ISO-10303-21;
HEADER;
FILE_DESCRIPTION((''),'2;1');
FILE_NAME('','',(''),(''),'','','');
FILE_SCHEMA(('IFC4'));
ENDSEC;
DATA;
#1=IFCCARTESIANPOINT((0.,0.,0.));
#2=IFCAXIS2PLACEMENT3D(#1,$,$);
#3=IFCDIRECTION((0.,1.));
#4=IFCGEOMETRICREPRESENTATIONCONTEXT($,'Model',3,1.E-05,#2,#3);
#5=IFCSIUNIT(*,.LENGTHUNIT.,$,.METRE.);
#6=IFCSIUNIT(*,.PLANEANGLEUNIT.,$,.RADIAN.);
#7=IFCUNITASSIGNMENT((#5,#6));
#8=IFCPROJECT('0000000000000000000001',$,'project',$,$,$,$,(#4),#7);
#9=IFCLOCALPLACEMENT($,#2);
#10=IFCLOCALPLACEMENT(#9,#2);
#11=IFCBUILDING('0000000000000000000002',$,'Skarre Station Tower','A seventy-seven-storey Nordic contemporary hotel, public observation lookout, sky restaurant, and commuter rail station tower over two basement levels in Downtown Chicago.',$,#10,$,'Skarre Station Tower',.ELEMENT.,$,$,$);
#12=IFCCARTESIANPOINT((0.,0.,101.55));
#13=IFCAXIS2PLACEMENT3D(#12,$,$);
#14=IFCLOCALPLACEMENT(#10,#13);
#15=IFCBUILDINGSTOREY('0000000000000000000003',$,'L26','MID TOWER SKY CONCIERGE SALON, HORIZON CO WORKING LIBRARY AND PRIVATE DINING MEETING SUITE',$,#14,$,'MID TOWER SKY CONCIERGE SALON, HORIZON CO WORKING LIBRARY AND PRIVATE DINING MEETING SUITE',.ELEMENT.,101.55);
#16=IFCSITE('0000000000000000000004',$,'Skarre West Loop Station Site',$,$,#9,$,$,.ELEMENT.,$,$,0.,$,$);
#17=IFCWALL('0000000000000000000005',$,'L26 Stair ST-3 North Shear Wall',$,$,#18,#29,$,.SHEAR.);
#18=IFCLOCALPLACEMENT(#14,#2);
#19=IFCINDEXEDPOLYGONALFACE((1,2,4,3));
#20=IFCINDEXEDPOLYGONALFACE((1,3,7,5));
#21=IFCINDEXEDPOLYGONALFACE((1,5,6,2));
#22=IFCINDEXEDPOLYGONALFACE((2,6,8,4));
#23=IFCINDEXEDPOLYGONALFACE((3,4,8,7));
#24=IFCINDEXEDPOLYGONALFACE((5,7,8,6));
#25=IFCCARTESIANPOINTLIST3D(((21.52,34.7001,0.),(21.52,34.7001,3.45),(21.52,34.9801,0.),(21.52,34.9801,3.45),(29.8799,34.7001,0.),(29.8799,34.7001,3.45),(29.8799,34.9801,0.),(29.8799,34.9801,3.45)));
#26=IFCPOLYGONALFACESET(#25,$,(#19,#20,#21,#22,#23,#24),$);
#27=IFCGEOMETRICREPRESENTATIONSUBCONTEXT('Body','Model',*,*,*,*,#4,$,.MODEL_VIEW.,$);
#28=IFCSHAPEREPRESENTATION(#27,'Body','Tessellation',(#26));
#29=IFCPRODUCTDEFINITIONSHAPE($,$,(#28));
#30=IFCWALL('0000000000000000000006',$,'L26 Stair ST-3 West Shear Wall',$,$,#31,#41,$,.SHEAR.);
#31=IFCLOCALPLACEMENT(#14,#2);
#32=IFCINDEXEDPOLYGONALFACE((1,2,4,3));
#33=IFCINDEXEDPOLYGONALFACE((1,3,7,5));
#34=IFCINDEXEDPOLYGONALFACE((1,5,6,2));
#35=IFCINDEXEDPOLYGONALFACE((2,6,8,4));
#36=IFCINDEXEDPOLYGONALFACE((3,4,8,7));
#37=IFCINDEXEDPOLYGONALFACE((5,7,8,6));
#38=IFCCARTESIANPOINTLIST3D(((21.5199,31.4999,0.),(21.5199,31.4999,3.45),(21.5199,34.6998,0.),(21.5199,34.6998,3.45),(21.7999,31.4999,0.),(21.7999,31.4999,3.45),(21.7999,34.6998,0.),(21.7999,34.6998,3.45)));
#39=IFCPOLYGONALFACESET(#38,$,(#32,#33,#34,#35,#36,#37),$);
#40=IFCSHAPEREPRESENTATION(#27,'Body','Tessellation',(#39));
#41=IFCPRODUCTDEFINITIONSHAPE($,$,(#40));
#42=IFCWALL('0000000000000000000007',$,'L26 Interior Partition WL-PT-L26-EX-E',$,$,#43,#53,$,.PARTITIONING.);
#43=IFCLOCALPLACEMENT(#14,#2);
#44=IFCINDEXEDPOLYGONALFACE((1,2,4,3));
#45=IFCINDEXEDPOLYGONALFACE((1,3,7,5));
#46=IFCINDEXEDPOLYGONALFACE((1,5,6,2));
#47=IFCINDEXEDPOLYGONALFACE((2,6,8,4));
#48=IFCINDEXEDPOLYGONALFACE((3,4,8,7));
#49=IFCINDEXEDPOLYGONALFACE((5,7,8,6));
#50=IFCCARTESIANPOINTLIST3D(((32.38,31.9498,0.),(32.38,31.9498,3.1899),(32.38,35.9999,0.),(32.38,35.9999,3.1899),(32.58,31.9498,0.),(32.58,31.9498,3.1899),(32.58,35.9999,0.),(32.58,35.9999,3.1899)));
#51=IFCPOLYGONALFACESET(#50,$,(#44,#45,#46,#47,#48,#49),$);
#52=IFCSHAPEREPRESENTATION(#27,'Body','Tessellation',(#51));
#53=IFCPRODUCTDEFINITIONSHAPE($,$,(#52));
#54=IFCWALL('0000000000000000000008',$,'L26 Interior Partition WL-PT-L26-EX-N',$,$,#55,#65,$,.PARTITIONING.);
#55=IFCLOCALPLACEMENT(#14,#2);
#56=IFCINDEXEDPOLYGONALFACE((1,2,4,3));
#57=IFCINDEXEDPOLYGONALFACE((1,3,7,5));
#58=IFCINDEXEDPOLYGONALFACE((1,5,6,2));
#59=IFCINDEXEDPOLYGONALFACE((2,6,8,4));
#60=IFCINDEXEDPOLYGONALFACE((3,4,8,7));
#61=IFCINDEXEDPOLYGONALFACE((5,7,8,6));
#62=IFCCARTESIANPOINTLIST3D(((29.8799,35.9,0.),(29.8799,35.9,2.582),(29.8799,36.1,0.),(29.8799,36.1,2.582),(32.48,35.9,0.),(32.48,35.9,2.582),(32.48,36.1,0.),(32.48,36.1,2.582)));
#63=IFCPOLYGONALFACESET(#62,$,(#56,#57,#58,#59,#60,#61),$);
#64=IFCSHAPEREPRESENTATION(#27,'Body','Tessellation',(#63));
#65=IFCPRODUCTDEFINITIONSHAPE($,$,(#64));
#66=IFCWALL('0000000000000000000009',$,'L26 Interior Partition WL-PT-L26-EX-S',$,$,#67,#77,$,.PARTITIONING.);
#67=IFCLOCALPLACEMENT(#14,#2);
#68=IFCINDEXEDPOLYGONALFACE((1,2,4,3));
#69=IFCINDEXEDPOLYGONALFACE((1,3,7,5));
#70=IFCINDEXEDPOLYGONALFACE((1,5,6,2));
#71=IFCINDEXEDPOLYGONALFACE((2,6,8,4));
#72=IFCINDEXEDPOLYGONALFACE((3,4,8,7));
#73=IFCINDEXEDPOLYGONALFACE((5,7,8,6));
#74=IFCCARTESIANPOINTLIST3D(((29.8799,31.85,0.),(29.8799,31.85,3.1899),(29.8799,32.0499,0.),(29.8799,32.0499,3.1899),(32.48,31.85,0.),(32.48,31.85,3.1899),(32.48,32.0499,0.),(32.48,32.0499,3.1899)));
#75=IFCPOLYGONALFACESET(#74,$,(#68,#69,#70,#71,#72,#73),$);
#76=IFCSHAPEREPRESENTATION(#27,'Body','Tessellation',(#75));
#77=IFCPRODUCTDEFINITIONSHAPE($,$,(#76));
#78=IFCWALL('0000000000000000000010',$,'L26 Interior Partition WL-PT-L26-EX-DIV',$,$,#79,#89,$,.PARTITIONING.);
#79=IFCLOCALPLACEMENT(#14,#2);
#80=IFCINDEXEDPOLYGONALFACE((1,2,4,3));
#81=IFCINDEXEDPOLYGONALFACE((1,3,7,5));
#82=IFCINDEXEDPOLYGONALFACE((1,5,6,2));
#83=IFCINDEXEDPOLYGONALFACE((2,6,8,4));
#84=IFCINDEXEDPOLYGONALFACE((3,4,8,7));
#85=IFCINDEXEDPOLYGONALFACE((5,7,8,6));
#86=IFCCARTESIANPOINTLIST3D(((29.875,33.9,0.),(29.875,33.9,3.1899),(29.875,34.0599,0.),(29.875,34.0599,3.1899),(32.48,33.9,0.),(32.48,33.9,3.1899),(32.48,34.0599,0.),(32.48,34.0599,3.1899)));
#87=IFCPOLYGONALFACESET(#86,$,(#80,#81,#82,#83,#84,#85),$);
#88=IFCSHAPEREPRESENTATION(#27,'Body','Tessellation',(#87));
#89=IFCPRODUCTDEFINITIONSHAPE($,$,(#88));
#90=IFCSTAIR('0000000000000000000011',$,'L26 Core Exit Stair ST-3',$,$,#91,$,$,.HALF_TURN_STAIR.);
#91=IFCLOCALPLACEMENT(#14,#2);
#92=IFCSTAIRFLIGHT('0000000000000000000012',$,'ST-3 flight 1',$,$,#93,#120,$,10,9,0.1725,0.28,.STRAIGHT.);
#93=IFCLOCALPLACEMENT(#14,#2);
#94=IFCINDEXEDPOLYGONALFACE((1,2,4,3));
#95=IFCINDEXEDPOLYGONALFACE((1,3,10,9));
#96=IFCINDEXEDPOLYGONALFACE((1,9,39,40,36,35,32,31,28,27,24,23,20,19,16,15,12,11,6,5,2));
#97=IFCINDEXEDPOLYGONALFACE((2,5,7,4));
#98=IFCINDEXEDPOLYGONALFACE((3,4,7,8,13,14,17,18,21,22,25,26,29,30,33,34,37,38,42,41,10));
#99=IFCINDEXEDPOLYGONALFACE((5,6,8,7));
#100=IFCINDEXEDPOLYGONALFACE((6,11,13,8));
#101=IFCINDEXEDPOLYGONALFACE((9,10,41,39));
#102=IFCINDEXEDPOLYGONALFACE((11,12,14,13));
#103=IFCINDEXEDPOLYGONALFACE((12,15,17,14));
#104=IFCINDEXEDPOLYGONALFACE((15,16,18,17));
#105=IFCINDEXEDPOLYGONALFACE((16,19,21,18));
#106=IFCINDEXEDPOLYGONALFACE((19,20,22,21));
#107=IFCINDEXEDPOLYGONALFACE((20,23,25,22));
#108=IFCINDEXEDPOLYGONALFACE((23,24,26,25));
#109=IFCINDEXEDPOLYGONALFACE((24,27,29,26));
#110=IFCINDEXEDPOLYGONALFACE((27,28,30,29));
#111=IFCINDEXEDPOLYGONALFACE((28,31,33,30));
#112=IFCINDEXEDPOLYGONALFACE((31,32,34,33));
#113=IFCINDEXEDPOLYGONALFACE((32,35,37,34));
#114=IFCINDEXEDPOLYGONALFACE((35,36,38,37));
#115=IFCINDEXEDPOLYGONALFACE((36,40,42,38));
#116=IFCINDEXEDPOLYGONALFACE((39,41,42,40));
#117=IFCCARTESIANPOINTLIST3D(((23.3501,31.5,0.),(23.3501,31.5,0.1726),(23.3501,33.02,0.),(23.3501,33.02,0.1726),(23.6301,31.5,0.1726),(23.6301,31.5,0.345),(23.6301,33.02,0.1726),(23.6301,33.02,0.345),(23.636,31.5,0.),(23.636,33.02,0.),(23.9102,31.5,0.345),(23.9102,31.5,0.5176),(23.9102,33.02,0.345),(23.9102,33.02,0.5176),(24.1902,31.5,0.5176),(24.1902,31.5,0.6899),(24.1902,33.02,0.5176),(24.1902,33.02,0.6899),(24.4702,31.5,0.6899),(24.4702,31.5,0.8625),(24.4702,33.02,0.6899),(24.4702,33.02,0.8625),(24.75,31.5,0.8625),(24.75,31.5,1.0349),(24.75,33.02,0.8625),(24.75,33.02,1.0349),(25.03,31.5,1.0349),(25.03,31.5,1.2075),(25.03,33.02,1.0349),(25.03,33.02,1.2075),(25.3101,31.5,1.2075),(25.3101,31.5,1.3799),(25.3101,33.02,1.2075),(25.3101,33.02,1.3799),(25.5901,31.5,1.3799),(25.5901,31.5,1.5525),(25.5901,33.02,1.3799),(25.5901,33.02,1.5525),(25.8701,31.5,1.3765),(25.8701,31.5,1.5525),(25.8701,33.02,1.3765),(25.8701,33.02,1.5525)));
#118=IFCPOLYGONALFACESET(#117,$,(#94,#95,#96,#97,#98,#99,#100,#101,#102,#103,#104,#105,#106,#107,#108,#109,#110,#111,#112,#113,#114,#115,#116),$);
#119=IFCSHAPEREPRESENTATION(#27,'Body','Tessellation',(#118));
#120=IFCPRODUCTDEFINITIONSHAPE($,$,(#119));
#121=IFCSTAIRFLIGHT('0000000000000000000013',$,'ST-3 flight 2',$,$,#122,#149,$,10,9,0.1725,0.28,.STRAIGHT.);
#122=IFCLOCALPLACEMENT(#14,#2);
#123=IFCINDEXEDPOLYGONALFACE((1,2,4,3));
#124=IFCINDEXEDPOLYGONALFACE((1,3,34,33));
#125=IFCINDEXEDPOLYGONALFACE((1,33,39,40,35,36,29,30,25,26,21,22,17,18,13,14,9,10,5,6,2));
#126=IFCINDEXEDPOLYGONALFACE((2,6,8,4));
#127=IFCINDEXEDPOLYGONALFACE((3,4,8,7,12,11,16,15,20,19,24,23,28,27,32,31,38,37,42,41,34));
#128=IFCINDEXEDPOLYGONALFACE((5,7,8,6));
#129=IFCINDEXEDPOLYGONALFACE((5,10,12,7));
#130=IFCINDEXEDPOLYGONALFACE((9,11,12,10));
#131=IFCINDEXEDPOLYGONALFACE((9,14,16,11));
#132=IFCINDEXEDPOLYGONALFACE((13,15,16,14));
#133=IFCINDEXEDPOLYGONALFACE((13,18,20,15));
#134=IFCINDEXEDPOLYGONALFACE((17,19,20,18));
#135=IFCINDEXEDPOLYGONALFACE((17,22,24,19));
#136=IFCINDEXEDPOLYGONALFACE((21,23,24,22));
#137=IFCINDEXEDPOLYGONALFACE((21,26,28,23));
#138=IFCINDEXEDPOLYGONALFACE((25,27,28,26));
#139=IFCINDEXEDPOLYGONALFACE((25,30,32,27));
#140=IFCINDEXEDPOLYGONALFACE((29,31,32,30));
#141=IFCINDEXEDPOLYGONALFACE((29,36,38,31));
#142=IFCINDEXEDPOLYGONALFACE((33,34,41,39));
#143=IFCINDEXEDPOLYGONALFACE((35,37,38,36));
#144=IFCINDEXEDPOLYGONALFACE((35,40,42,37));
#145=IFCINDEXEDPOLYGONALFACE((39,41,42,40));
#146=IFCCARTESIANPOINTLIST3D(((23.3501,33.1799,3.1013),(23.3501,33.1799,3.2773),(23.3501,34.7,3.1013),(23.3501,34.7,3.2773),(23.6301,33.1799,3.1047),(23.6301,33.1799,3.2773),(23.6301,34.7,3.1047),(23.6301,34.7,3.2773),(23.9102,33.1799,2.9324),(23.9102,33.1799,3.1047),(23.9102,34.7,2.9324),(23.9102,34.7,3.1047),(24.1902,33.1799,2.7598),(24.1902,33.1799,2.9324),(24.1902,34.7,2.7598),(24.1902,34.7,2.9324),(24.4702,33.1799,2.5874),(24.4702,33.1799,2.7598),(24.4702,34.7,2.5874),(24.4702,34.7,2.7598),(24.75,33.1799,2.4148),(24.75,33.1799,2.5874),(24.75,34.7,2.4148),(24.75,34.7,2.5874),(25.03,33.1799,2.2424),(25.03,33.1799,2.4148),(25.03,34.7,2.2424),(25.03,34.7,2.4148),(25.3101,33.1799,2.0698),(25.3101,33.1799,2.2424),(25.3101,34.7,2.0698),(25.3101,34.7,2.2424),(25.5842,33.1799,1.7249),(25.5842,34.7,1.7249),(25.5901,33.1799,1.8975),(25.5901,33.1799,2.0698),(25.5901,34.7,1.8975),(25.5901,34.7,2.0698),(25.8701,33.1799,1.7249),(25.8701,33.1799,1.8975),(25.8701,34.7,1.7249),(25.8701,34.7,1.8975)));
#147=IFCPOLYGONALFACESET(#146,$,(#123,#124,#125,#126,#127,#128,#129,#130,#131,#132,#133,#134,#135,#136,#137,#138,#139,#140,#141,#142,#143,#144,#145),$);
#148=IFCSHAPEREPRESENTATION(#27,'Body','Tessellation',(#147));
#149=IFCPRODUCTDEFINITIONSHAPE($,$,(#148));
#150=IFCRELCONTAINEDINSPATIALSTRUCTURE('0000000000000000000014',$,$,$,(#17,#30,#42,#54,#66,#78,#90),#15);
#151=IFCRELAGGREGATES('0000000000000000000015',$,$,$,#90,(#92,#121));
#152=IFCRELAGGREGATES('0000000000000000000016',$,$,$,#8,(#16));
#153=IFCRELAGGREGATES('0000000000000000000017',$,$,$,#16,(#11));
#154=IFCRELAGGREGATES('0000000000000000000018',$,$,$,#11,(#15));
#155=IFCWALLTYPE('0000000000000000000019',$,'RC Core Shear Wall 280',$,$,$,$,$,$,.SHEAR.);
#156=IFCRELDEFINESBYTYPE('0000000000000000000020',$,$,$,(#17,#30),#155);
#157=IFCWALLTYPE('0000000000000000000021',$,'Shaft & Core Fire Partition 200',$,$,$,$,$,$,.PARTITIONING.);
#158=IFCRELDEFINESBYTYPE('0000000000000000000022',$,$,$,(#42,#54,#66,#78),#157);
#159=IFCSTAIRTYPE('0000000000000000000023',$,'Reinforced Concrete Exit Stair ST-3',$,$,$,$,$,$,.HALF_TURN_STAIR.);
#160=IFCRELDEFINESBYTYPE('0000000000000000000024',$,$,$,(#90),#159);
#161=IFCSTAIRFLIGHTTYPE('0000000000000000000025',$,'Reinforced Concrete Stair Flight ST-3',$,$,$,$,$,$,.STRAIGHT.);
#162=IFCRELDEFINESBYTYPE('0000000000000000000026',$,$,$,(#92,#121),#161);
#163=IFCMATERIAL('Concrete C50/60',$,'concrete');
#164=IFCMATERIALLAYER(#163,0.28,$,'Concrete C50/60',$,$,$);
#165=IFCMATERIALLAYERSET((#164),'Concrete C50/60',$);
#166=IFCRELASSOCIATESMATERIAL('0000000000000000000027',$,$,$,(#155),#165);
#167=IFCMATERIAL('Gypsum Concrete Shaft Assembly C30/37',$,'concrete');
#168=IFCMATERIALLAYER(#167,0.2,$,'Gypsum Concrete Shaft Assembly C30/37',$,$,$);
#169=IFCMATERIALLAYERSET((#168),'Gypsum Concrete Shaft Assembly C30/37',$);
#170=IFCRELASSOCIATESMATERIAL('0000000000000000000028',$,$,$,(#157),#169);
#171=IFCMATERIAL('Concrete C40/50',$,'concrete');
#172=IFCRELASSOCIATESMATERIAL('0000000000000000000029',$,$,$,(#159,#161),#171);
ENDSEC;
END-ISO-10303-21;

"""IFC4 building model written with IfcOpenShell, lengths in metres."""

from ifc_helpers import new_model, si_unit, direction, frame, frame_2d, origin, place, context, subcontext, project, spatial, polyline, rectangle, outline, extrude, material, layer, layer_set, type_object, element, aggregate, save


model = new_model("IFC4")

# Units and contexts
model_context = context("Model", 3, precision=1e-05, world=origin(), true_north=direction((0.0, 1.0)))
body_context = subcontext(model_context, "Body", "Model", "MODEL_VIEW")
ifc_project = project(units=[si_unit("LENGTHUNIT", "METRE"), si_unit("PLANEANGLEUNIT", "RADIAN")], contexts=[model_context])

# Site, building, storey
site_placement = place(None, origin())
site = spatial("IfcSite", under=ifc_project, at=site_placement, Name="Skarre West Loop Station Site", CompositionType="ELEMENT", RefElevation=0.0)
building_placement = place(site_placement, origin())
building = spatial("IfcBuilding", under=site, at=building_placement, Name="Skarre Station Tower", Description="A seventy-seven-storey Nordic contemporary hotel, public observation lookout, sky restaurant, and commuter rail station tower over two basement levels in Downtown Chicago.", LongName="Skarre Station Tower", CompositionType="ELEMENT")
storey_placement = place(building_placement, frame((0.0, 0.0, 101.55)))
storey = spatial("IfcBuildingStorey", under=building, at=storey_placement, Name="L26", Description="MID TOWER SKY CONCIERGE SALON, HORIZON CO WORKING LIBRARY AND PRIVATE DINING MEETING SUITE", LongName="MID TOWER SKY CONCIERGE SALON, HORIZON CO WORKING LIBRARY AND PRIVATE DINING MEETING SUITE", CompositionType="ELEMENT", Elevation=101.55)

# Walls
ifc_material_1 = material(Name="Concrete C50/60", Category="concrete")
ifc_layer_1 = layer(ifc_material_1, 0.28, Name="Concrete C50/60")
ifc_layer_set_1 = layer_set([ifc_layer_1], Name="Concrete C50/60")
wall_type_1 = type_object("IfcWallType", Name="RC Core Shear Wall 280", PredefinedType="SHEAR", material=ifc_layer_set_1)
wall_1_placement = place(storey_placement, frame((29.8799, 34.8401, 0.0), z_axis=(0.0, 0.0, 1.0), x_axis=(-1.0, 0.0, 0.0)))
element("IfcWall", 1, at=wall_1_placement, inside=storey, type_object=wall_type_1, Name="L26 Stair ST-3 North Shear Wall", PredefinedType="SHEAR", context=body_context, shape_type="SweptSolid", body=[
    extrude(rectangle(XDim=8.3599, YDim=0.28, at=frame_2d((4.1799, 0.0))), origin(), (0.0, 0.0, 1.0), 3.45),
])
wall_2_placement = place(storey_placement, frame((21.6599, 34.7, 0.0), z_axis=(0.0, 0.0, 1.0), x_axis=(0.0, -1.0, 0.0)))
element("IfcWall", 2, at=wall_2_placement, inside=storey, type_object=wall_type_1, Name="L26 Stair ST-3 West Shear Wall", PredefinedType="SHEAR", context=body_context, shape_type="SweptSolid", body=[
    extrude(rectangle(XDim=3.2, YDim=0.28, at=frame_2d((1.6001, 0.0))), origin(), (0.0, 0.0, 1.0), 3.45),
])
ifc_material_2 = material(Name="Gypsum Concrete Shaft Assembly C30/37", Category="concrete")
ifc_layer_2 = layer(ifc_material_2, 0.2, Name="Gypsum Concrete Shaft Assembly C30/37")
ifc_layer_set_2 = layer_set([ifc_layer_2], Name="Gypsum Concrete Shaft Assembly C30/37")
wall_type_2 = type_object("IfcWallType", Name="Shaft & Core Fire Partition 200", PredefinedType="PARTITIONING", material=ifc_layer_set_2)
wall_3_placement = place(storey_placement, frame((32.48, 31.95, 0.0), z_axis=(0.0, 0.0, 1.0), x_axis=(0.0, 1.0, 0.0)))
element("IfcWall", 3, at=wall_3_placement, inside=storey, type_object=wall_type_2, Name="L26 Interior Partition WL-PT-L26-EX-E", PredefinedType="PARTITIONING", context=body_context, shape_type="SweptSolid", body=[
    extrude(rectangle(XDim=4.05, YDim=0.2, at=frame_2d((2.0249, 0.0))), origin(), (0.0, 0.0, 1.0), 3.1899),
])
wall_4_placement = place(storey_placement, frame((29.8799, 36.0, 0.0), z_axis=(0.0, 0.0, 1.0), x_axis=(1.0, 0.0, 0.0)))
element("IfcWall", 4, at=wall_4_placement, inside=storey, type_object=wall_type_2, Name="L26 Interior Partition WL-PT-L26-EX-N", PredefinedType="PARTITIONING", context=body_context, shape_type="SweptSolid", body=[
    extrude(rectangle(XDim=2.6001, YDim=0.2, at=frame_2d((1.3, 0.0))), origin(), (0.0, 0.0, 1.0), 2.582),
])
wall_5_placement = place(storey_placement, frame((32.48, 31.95, 0.0), z_axis=(0.0, 0.0, 1.0), x_axis=(-1.0, 0.0, 0.0)))
element("IfcWall", 5, at=wall_5_placement, inside=storey, type_object=wall_type_2, Name="L26 Interior Partition WL-PT-L26-EX-S", PredefinedType="PARTITIONING", context=body_context, shape_type="SweptSolid", body=[
    extrude(rectangle(XDim=2.6001, YDim=0.2, at=frame_2d((1.3, 0.0))), origin(), (0.0, 0.0, 1.0), 3.1899),
])
wall_6_placement = place(storey_placement, frame((29.875, 33.98, 0.0), z_axis=(0.0, 0.0, 1.0), x_axis=(1.0, 0.0, 0.0)))
element("IfcWall", 6, at=wall_6_placement, inside=storey, type_object=wall_type_2, Name="L26 Interior Partition WL-PT-L26-EX-DIV", PredefinedType="PARTITIONING", context=body_context, shape_type="SweptSolid", body=[
    extrude(rectangle(XDim=2.605, YDim=0.1599, at=frame_2d((1.3025, 0.0))), origin(), (0.0, 0.0, 1.0), 3.1899),
])

# Stair, stair flights
ifc_material_3 = material(Name="Concrete C40/50", Category="concrete")
stair_type = type_object("IfcStairType", Name="Reinforced Concrete Exit Stair ST-3", PredefinedType="HALF_TURN_STAIR", material=ifc_material_3)
stair_placement = place(storey_placement, origin())
stair = element("IfcStair", 7, at=stair_placement, inside=storey, type_object=stair_type, Name="L26 Core Exit Stair ST-3", PredefinedType="HALF_TURN_STAIR")
stair_flight_type = type_object("IfcStairFlightType", Name="Reinforced Concrete Stair Flight ST-3", PredefinedType="STRAIGHT", material=ifc_material_3)
stair_flight_1_placement = place(storey_placement, frame((23.3501, 32.26, 0.0), z_axis=(0.0, 0.0, 1.0), x_axis=(1.0, 0.0, 0.0)))
stair_flight_1 = element("IfcStairFlight", 8, at=stair_flight_1_placement, type_object=stair_flight_type, Name="ST-3 flight 1", NumberOfRisers=10, NumberOfTreads=9, PredefinedType="STRAIGHT", RiserHeight=0.1725, TreadLength=0.28, context=body_context, shape_type="SweptSolid", body=[
    extrude(outline(polyline([(0.0, 0.0), (0.0, 0.1726), (0.28, 0.1726), (0.28, 0.345), (0.5601, 0.345), (0.5601, 0.5176), (0.8401, 0.5176), (0.8401, 0.6899), (1.1201, 0.6899), (1.1201, 0.8625), (1.3999, 0.8625), (1.3999, 1.0349), (1.6799, 1.0349), (1.6799, 1.2075), (1.96, 1.2075), (1.96, 1.3799), (2.24, 1.3799), (2.24, 1.5525), (2.52, 1.5525), (2.52, 1.7251), (2.52, 1.3765), (0.2859, 0.0), (0.0, 0.0)])), frame((0.0, 0.76, 0.0), z_axis=(0.0, -1.0, 0.0), x_axis=(1.0, 0.0, 0.0)), (0.0, 0.0, 1.0), 1.52),
])
stair_flight_2_placement = place(storey_placement, frame((25.8701, 33.9399, 1.7249), z_axis=(0.0, 0.0, 1.0), x_axis=(-1.0, 0.0, 0.0)))
stair_flight_2 = element("IfcStairFlight", 9, at=stair_flight_2_placement, type_object=stair_flight_type, Name="ST-3 flight 2", NumberOfRisers=10, NumberOfTreads=9, PredefinedType="STRAIGHT", RiserHeight=0.1725, TreadLength=0.28, context=body_context, shape_type="SweptSolid", body=[
    extrude(outline(polyline([(0.0, 0.0), (0.0, 0.1726), (0.28, 0.1726), (0.28, 0.345), (0.5601, 0.345), (0.5601, 0.5176), (0.8401, 0.5176), (0.8401, 0.6899), (1.1201, 0.6899), (1.1201, 0.8625), (1.3999, 0.8625), (1.3999, 1.0349), (1.6799, 1.0349), (1.6799, 1.2075), (1.96, 1.2075), (1.96, 1.3799), (2.24, 1.3799), (2.24, 1.5525), (2.52, 1.5525), (2.52, 1.7251), (2.52, 1.3765), (0.2859, 0.0), (0.0, 0.0)])), frame((0.0, 0.76, 0.0), z_axis=(0.0, -1.0, 0.0), x_axis=(1.0, 0.0, 0.0)), (0.0, 0.0, 1.0), 1.52),
])
aggregate(stair, [stair_flight_1, stair_flight_2])

save(model, "model.ifc")
